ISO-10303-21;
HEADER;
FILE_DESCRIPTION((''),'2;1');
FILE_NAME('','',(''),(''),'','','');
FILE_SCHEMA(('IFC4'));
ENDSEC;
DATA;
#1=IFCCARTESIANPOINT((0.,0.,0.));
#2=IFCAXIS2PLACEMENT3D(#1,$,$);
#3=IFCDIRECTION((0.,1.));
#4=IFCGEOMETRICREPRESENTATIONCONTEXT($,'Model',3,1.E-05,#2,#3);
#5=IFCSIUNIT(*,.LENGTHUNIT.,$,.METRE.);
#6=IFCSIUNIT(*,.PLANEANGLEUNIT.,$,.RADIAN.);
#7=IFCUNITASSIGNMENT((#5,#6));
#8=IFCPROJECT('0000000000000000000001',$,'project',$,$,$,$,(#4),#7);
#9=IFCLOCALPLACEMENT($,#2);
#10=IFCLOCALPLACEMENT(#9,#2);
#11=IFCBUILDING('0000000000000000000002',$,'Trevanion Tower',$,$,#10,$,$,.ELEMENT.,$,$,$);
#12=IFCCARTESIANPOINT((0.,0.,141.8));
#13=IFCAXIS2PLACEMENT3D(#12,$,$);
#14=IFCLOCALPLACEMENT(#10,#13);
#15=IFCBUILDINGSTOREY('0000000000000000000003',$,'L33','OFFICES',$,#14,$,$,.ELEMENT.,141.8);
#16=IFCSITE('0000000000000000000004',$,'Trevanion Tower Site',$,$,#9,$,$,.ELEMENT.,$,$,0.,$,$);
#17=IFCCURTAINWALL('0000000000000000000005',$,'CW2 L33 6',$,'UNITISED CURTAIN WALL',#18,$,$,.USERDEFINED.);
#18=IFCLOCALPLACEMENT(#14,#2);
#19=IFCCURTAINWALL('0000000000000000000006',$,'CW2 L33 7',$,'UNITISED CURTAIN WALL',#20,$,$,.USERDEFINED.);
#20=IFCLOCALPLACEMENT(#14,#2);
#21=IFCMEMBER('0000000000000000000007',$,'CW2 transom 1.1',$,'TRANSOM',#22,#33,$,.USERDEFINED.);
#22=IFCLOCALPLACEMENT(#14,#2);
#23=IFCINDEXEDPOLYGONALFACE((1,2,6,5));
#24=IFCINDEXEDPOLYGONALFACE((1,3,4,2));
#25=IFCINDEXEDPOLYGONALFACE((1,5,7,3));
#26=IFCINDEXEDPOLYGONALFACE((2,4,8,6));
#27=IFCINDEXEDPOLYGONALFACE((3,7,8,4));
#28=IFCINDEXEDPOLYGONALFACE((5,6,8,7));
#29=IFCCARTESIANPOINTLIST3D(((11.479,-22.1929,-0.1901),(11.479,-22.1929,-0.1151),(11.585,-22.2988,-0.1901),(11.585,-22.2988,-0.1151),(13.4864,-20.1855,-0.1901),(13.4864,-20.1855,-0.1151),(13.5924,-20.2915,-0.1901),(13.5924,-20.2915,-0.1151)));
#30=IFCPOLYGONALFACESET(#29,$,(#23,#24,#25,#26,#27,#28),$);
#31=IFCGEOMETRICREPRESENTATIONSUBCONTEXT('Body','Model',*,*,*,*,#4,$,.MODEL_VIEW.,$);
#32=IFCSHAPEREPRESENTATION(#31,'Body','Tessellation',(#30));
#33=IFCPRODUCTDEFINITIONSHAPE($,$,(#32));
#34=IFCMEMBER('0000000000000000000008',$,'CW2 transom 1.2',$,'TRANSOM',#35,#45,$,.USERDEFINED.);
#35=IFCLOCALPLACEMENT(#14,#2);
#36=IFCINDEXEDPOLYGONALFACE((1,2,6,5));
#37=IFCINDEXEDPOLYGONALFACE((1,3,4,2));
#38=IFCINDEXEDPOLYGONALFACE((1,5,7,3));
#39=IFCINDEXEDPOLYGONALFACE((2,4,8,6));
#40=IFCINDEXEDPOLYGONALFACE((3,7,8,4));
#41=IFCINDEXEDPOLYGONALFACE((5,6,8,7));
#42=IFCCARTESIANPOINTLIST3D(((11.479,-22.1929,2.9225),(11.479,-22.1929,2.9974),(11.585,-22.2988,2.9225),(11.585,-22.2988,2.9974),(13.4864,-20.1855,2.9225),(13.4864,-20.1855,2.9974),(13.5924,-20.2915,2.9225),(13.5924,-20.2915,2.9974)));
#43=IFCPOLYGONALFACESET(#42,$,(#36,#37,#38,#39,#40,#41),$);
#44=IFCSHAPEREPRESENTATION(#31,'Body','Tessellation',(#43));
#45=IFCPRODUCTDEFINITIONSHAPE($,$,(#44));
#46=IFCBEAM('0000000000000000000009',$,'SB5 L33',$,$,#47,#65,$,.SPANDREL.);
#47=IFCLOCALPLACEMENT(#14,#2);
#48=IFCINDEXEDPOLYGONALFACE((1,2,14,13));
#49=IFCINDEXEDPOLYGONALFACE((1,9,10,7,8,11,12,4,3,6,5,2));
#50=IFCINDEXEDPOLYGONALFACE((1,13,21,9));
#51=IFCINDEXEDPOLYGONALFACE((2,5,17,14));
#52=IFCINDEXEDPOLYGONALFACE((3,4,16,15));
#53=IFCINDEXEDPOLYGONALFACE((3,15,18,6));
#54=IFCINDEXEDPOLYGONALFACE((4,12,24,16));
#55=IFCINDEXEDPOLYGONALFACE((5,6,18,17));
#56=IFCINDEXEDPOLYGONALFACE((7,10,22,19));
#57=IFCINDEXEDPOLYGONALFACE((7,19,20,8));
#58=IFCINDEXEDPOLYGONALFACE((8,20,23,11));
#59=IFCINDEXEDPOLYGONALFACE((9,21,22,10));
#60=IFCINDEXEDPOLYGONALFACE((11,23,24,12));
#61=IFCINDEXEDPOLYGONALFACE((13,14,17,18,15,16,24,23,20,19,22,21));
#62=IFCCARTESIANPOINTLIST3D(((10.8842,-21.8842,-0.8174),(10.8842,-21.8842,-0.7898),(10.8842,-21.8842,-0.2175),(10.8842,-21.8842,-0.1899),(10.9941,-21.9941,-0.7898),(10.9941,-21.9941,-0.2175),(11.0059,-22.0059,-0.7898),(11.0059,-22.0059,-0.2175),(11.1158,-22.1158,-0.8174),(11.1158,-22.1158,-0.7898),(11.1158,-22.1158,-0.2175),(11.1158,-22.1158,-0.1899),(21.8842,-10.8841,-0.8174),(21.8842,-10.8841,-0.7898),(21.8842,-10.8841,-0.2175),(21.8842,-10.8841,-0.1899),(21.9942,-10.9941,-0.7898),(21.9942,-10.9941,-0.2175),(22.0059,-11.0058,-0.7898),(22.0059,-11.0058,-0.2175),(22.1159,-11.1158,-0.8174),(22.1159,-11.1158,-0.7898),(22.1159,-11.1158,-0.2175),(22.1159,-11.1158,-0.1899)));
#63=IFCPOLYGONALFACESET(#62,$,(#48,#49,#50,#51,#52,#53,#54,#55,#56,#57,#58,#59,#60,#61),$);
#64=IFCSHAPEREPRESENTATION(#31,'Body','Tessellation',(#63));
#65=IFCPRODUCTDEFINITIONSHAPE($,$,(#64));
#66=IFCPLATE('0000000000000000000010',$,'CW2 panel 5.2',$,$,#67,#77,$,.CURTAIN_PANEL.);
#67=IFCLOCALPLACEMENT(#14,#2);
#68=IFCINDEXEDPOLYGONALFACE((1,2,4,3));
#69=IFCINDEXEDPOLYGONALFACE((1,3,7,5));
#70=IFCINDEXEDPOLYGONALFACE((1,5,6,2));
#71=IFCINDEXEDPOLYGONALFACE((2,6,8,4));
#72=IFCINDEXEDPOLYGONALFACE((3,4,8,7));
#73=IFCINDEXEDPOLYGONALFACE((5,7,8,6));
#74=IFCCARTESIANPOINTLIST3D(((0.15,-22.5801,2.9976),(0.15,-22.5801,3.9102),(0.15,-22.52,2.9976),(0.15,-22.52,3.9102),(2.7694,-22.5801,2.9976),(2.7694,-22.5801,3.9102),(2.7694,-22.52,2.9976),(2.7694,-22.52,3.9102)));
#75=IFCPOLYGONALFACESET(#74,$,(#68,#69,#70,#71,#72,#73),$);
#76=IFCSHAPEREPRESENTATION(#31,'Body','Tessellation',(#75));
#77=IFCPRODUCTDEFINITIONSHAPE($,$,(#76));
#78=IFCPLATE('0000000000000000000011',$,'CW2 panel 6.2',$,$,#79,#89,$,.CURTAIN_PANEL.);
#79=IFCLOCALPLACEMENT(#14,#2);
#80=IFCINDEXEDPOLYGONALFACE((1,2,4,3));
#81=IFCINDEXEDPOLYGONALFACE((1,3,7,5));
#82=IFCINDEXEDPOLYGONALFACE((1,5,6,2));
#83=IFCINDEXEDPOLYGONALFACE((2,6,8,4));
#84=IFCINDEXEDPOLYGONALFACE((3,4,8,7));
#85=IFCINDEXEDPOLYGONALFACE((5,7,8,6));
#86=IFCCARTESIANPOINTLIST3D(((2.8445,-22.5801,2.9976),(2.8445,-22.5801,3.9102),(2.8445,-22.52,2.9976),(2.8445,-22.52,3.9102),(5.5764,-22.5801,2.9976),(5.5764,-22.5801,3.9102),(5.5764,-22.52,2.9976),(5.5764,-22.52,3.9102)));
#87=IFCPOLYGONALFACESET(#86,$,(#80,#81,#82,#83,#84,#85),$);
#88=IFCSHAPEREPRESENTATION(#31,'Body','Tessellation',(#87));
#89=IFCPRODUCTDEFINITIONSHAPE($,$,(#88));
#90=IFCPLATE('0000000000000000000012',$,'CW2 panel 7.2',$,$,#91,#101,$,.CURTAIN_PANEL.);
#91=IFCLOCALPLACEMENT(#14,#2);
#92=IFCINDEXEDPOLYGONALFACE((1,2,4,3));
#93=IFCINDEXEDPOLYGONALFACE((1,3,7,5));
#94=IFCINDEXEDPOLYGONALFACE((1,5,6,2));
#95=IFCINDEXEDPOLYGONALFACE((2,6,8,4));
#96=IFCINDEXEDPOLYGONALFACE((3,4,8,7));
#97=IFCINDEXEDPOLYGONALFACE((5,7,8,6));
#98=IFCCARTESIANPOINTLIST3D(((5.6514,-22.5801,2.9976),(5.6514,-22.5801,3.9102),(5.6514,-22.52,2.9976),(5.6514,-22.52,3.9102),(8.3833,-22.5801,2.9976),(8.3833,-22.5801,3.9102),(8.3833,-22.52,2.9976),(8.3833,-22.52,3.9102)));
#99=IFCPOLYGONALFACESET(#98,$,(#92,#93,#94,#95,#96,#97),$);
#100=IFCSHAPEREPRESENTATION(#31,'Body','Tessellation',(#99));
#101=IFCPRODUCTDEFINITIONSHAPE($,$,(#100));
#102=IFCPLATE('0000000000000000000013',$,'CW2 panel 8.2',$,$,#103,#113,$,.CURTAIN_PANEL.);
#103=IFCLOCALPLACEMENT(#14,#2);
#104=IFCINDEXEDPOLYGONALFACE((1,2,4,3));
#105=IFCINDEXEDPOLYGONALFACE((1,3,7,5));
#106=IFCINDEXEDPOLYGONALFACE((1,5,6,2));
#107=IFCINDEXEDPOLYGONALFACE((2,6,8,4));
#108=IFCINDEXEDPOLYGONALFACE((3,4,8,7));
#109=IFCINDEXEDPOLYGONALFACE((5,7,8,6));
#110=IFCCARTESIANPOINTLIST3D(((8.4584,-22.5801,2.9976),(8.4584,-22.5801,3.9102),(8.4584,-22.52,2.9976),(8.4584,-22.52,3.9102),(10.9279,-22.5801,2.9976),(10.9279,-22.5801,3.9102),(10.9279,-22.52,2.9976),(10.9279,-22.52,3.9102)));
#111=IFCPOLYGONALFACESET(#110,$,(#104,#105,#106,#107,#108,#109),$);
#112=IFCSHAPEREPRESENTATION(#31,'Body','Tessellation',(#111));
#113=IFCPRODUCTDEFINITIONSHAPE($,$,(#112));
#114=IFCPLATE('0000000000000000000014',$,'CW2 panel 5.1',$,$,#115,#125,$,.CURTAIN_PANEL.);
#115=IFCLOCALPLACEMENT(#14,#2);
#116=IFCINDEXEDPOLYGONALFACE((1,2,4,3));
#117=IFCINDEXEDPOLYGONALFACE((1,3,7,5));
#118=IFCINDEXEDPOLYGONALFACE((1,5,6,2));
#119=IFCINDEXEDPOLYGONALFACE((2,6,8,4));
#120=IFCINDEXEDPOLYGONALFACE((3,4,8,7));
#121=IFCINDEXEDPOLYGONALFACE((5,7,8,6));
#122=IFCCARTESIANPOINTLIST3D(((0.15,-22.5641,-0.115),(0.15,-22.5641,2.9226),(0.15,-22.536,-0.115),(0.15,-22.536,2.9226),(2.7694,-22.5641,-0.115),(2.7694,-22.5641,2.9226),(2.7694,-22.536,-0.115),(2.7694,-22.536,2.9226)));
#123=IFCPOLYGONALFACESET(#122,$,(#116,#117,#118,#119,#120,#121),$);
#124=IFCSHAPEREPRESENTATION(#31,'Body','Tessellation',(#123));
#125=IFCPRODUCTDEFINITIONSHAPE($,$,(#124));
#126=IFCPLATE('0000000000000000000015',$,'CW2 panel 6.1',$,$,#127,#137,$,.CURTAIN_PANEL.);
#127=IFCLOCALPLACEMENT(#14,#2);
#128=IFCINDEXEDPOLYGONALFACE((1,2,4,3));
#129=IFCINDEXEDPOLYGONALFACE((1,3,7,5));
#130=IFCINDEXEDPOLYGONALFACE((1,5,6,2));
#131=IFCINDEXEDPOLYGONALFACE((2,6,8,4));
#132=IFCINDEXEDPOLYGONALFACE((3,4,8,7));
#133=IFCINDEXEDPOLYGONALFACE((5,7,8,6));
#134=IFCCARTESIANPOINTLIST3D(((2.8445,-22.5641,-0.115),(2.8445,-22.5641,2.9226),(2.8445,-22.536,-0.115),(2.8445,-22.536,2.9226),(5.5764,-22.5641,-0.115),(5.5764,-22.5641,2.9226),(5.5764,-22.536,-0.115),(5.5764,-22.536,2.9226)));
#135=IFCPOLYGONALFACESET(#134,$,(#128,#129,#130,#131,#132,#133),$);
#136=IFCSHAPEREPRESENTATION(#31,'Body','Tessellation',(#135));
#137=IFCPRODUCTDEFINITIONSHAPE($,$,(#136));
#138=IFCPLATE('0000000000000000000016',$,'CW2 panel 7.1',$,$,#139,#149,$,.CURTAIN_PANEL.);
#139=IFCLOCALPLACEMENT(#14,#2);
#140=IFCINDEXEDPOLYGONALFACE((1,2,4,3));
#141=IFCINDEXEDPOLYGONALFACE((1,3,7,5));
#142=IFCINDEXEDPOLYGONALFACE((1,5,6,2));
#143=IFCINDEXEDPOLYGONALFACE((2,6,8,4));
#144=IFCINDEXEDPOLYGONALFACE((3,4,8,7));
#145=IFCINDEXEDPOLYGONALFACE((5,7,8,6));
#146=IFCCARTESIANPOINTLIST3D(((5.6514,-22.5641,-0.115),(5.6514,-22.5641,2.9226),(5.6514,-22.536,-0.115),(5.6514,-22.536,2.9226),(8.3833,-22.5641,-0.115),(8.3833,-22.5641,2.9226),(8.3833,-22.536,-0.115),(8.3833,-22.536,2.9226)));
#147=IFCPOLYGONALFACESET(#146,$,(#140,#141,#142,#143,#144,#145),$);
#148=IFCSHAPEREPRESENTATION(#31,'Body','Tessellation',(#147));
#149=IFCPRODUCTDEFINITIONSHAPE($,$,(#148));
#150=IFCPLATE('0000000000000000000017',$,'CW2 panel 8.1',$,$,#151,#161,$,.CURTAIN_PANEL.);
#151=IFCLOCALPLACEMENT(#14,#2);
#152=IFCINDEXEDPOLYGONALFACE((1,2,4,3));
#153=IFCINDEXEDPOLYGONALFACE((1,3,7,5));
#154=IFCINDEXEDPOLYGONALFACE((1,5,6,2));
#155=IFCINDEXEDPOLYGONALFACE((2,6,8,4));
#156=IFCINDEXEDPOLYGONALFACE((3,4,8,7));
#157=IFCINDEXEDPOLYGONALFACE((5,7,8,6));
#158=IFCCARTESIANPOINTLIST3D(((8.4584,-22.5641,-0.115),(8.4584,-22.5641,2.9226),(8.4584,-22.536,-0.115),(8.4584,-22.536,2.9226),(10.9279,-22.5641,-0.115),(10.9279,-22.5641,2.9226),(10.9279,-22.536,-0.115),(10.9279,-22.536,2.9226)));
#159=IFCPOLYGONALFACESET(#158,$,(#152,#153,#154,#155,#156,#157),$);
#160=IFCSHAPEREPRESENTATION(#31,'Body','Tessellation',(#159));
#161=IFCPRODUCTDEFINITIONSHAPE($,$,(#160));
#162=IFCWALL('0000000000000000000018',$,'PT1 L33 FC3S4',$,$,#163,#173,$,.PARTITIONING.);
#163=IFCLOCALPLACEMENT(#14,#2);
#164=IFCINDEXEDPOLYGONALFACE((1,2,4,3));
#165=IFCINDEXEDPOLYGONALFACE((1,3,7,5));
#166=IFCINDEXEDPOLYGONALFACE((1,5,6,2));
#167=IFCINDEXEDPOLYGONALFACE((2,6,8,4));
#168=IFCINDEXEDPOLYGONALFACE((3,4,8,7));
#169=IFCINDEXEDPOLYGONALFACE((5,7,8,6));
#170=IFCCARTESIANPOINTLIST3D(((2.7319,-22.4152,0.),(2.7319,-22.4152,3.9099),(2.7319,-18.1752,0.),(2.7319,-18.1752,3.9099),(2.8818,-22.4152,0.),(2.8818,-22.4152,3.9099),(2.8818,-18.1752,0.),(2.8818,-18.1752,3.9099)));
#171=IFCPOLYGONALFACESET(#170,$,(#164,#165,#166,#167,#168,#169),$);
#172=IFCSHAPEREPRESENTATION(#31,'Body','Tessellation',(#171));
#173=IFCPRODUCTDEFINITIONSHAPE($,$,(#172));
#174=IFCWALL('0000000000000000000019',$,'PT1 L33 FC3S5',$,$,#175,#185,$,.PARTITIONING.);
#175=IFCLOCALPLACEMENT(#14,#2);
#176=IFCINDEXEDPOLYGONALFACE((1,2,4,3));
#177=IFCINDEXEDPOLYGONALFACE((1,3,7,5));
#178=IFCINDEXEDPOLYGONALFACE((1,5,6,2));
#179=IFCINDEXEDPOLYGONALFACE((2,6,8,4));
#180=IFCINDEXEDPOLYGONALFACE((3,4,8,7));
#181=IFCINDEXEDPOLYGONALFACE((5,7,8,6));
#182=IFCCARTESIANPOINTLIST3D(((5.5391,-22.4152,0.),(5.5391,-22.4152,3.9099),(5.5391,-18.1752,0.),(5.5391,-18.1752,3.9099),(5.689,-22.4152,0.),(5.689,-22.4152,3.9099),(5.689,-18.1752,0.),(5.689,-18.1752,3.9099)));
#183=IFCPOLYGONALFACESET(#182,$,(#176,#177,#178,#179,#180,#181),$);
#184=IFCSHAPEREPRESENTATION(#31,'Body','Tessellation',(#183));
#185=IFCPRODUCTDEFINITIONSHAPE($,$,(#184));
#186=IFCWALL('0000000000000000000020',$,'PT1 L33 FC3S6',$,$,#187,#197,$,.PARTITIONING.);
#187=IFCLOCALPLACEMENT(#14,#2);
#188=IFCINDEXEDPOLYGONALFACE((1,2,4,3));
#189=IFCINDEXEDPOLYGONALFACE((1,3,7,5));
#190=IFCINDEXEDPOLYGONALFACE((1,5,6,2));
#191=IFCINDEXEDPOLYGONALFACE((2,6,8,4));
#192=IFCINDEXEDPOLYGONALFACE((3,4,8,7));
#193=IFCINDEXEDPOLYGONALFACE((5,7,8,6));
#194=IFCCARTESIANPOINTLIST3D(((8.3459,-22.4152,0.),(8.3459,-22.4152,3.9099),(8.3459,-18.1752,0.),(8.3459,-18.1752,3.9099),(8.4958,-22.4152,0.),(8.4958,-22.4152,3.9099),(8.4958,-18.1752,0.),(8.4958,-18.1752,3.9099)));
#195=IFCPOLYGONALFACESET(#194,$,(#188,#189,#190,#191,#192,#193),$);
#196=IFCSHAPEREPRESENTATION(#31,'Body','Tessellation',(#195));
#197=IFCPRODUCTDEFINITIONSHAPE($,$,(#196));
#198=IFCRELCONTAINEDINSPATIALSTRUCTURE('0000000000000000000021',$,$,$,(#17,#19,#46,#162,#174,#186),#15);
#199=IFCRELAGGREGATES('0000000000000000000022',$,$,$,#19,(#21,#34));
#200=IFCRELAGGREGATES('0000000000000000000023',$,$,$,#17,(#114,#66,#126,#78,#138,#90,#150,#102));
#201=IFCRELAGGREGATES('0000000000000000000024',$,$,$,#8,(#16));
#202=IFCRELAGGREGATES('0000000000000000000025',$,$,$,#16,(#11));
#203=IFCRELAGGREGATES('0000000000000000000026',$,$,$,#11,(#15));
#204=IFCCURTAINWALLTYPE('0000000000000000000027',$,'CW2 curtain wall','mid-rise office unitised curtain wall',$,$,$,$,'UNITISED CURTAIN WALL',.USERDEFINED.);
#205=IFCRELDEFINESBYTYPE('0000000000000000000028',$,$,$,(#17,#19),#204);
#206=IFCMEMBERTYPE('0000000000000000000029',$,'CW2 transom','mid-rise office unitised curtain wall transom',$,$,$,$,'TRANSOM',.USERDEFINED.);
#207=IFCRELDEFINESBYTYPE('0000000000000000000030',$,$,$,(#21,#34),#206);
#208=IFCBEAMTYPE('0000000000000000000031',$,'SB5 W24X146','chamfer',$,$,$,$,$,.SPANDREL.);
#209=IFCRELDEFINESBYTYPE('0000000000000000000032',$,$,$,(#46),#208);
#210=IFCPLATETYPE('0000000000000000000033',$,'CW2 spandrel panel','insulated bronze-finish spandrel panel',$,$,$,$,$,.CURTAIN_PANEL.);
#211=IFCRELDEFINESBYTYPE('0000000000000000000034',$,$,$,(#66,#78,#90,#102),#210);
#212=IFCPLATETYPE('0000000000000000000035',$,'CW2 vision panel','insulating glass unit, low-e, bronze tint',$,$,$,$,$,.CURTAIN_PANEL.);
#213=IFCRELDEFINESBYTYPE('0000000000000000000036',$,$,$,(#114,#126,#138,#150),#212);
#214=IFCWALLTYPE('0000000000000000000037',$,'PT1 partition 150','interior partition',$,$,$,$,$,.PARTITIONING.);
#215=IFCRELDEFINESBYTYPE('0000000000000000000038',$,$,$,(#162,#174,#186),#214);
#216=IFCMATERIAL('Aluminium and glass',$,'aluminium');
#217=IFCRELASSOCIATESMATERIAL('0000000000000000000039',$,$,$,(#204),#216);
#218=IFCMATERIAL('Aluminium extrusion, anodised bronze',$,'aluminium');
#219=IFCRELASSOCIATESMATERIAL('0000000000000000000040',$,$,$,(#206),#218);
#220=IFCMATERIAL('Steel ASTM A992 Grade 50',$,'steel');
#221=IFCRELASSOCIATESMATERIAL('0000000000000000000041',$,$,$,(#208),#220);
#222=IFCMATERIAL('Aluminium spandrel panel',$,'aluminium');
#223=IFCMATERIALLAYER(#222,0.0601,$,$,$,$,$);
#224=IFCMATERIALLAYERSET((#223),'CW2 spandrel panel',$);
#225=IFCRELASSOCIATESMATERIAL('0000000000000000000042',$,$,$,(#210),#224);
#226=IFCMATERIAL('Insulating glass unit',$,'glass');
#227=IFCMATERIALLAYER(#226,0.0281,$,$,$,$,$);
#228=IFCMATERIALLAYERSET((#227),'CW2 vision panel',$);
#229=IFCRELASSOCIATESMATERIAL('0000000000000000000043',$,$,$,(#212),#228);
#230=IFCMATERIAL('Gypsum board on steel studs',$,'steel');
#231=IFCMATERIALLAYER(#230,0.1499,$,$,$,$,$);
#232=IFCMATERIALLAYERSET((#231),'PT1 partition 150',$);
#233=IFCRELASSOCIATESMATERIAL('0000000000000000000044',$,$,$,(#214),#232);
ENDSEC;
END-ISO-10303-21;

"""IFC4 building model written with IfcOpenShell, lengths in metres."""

from ifc_helpers import new_model, si_unit, direction, frame, frame_2d, origin, origin_2d, place, context, subcontext, project, spatial, rectangle, i_section, extrude, material, layer, layer_set, material_profile, profile_set, type_object, element, aggregate, save


model = new_model("IFC4")

# Units and contexts
model_context = context("Model", 3, precision=1e-05, world=origin(), true_north=direction((0.0, 1.0)))
body_context = subcontext(model_context, "Body", "Model", "MODEL_VIEW")
ifc_project = project(units=[si_unit("LENGTHUNIT", "METRE"), si_unit("PLANEANGLEUNIT", "RADIAN")], contexts=[model_context])

# Site, building, storey
site_placement = place(None, origin())
site = spatial("IfcSite", under=ifc_project, at=site_placement, Name="Trevanion Tower Site", CompositionType="ELEMENT", RefElevation=0.0)
building_placement = place(site_placement, origin())
building = spatial("IfcBuilding", under=site, at=building_placement, Name="Trevanion Tower", CompositionType="ELEMENT")
storey_placement = place(building_placement, frame((0.0, 0.0, 141.8)))
storey = spatial("IfcBuildingStorey", under=building, at=storey_placement, Name="L33", Description="OFFICES", CompositionType="ELEMENT", Elevation=141.8)

# Curtain wall
ifc_material_1 = material(Name="Aluminium and glass", Category="aluminium")
curtain_wall_type = type_object("IfcCurtainWallType", Name="CW2 curtain wall", Description="mid-rise office unitised curtain wall", ElementType="UNITISED CURTAIN WALL", PredefinedType="USERDEFINED", material=ifc_material_1)
curtain_wall_1_placement = place(storey_placement, origin())
curtain_wall_1 = element("IfcCurtainWall", 1, at=curtain_wall_1_placement, inside=storey, type_object=curtain_wall_type, Name="CW2 L33 6", ObjectType="UNITISED CURTAIN WALL", PredefinedType="USERDEFINED")

# Curtain wall
curtain_wall_2_placement = place(storey_placement, origin())
curtain_wall_2 = element("IfcCurtainWall", 2, at=curtain_wall_2_placement, inside=storey, type_object=curtain_wall_type, Name="CW2 L33 7", ObjectType="UNITISED CURTAIN WALL", PredefinedType="USERDEFINED")

# Members
ifc_material_2 = material(Name="Aluminium extrusion, anodised bronze", Category="aluminium")
ifc_material_profile_1 = material_profile(ifc_material_2, rectangle(XDim=0.1499, YDim=0.075, at=origin_2d()), Name="CW2 transom")
ifc_profile_set_1 = profile_set([ifc_material_profile_1], Name="Aluminium extrusion, anodised bronze")
member_type_1 = type_object("IfcMemberType", Name="CW2 transom", Description="mid-rise office unitised curtain wall transom", ElementType="TRANSOM", PredefinedType="USERDEFINED", material=ifc_profile_set_1)
member_1_placement = place(storey_placement, frame((11.532, -22.2458, -0.1526), z_axis=(0.707107, 0.707107, 0.0), x_axis=(-0.707107, 0.707107, 0.0)))
member_1 = element("IfcMember", 3, at=member_1_placement, type_object=member_type_1, Name="CW2 transom 1.1", ObjectType="TRANSOM", PredefinedType="USERDEFINED", context=body_context, shape_type="SweptSolid", body=[
    extrude(rectangle(XDim=0.1499, YDim=0.075, at=origin_2d()), origin(), (0.0, 0.0, 1.0), 2.8389),
])
member_2_placement = place(storey_placement, frame((11.532, -22.2458, 2.96), z_axis=(0.707107, 0.707107, 0.0), x_axis=(-0.707107, 0.707107, 0.0)))
member_2 = element("IfcMember", 4, at=member_2_placement, type_object=member_type_1, Name="CW2 transom 1.2", ObjectType="TRANSOM", PredefinedType="USERDEFINED", context=body_context, shape_type="SweptSolid", body=[
    extrude(rectangle(XDim=0.1499, YDim=0.075, at=origin_2d()), origin(), (0.0, 0.0, 1.0), 2.8389),
])
aggregate(curtain_wall_2, [member_1, member_2])

# Beam
ifc_material_3 = material(Name="Steel ASTM A992 Grade 50", Category="steel")
ifc_material_profile_2 = material_profile(ifc_material_3, i_section(OverallWidth=0.3276, OverallDepth=0.6274, WebThickness=0.0166, FlangeThickness=0.0276, at=origin_2d()), Name="W24X146")
ifc_profile_set_2 = profile_set([ifc_material_profile_2], Name="Steel ASTM A992 Grade 50")
beam_type = type_object("IfcBeamType", Name="SB5 W24X146", Description="chamfer", PredefinedType="SPANDREL", material=ifc_profile_set_2)
beam_placement = place(storey_placement, frame((11.0, -22.0, -0.5037), z_axis=(0.707107, 0.707107, 0.0), x_axis=(-0.707107, 0.707107, 0.0)))
element("IfcBeam", 5, at=beam_placement, inside=storey, type_object=beam_type, Name="SB5 L33", PredefinedType="SPANDREL", context=body_context, shape_type="SweptSolid", body=[
    extrude(i_section(OverallWidth=0.3276, OverallDepth=0.6274, WebThickness=0.0166, FlangeThickness=0.0276, at=origin_2d()), origin(), (0.0, 0.0, 1.0), 15.5564),
])

# Plates
ifc_material_4 = material(Name="Aluminium spandrel panel", Category="aluminium")
ifc_layer_1 = layer(ifc_material_4, 0.0601)
ifc_layer_set_1 = layer_set([ifc_layer_1], Name="CW2 spandrel panel")
plate_type_1 = type_object("IfcPlateType", Name="CW2 spandrel panel", Description="insulated bronze-finish spandrel panel", PredefinedType="CURTAIN_PANEL", material=ifc_layer_set_1)
plate_1_placement = place(storey_placement, frame((1.4597, -22.55, 2.9976), z_axis=(0.0, 0.0, 1.0), x_axis=(1.0, 0.0, 0.0)))
plate_1 = element("IfcPlate", 6, at=plate_1_placement, type_object=plate_type_1, Name="CW2 panel 5.2", PredefinedType="CURTAIN_PANEL", context=body_context, shape_type="SweptSolid", body=[
    extrude(rectangle(XDim=2.6194, YDim=0.0601, at=origin_2d()), origin(), (0.0, 0.0, 1.0), 0.9126),
])
plate_2_placement = place(storey_placement, frame((4.2104, -22.55, 2.9976), z_axis=(0.0, 0.0, 1.0), x_axis=(1.0, 0.0, 0.0)))
plate_2 = element("IfcPlate", 7, at=plate_2_placement, type_object=plate_type_1, Name="CW2 panel 6.2", PredefinedType="CURTAIN_PANEL", context=body_context, shape_type="SweptSolid", body=[
    extrude(rectangle(XDim=2.7319, YDim=0.0601, at=origin_2d()), origin(), (0.0, 0.0, 1.0), 0.9126),
])
plate_3_placement = place(storey_placement, frame((7.0173, -22.55, 2.9976), z_axis=(0.0, 0.0, 1.0), x_axis=(1.0, 0.0, 0.0)))
plate_3 = element("IfcPlate", 8, at=plate_3_placement, type_object=plate_type_1, Name="CW2 panel 7.2", PredefinedType="CURTAIN_PANEL", context=body_context, shape_type="SweptSolid", body=[
    extrude(rectangle(XDim=2.7319, YDim=0.0601, at=origin_2d()), origin(), (0.0, 0.0, 1.0), 0.9126),
])
plate_4_placement = place(storey_placement, frame((9.6931, -22.55, 2.9976), z_axis=(0.0, 0.0, 1.0), x_axis=(1.0, 0.0, 0.0)))
plate_4 = element("IfcPlate", 9, at=plate_4_placement, type_object=plate_type_1, Name="CW2 panel 8.2", PredefinedType="CURTAIN_PANEL", context=body_context, shape_type="SweptSolid", body=[
    extrude(rectangle(XDim=2.4695, YDim=0.0601, at=origin_2d()), origin(), (0.0, 0.0, 1.0), 0.9126),
])
ifc_material_5 = material(Name="Insulating glass unit", Category="glass")
ifc_layer_2 = layer(ifc_material_5, 0.0281)
ifc_layer_set_2 = layer_set([ifc_layer_2], Name="CW2 vision panel")
plate_type_2 = type_object("IfcPlateType", Name="CW2 vision panel", Description="insulating glass unit, low-e, bronze tint", PredefinedType="CURTAIN_PANEL", material=ifc_layer_set_2)
plate_5_placement = place(storey_placement, frame((1.4597, -22.55, -0.115), z_axis=(0.0, 0.0, 1.0), x_axis=(1.0, 0.0, 0.0)))
plate_5 = element("IfcPlate", 10, at=plate_5_placement, type_object=plate_type_2, Name="CW2 panel 5.1", PredefinedType="CURTAIN_PANEL", context=body_context, shape_type="SweptSolid", body=[
    extrude(rectangle(XDim=2.6194, YDim=0.0281, at=origin_2d()), origin(), (0.0, 0.0, 1.0), 3.0376),
])
plate_6_placement = place(storey_placement, frame((4.2104, -22.55, -0.115), z_axis=(0.0, 0.0, 1.0), x_axis=(1.0, 0.0, 0.0)))
plate_6 = element("IfcPlate", 11, at=plate_6_placement, type_object=plate_type_2, Name="CW2 panel 6.1", PredefinedType="CURTAIN_PANEL", context=body_context, shape_type="SweptSolid", body=[
    extrude(rectangle(XDim=2.7319, YDim=0.0281, at=origin_2d()), origin(), (0.0, 0.0, 1.0), 3.0376),
])
plate_7_placement = place(storey_placement, frame((7.0173, -22.55, -0.115), z_axis=(0.0, 0.0, 1.0), x_axis=(1.0, 0.0, 0.0)))
plate_7 = element("IfcPlate", 12, at=plate_7_placement, type_object=plate_type_2, Name="CW2 panel 7.1", PredefinedType="CURTAIN_PANEL", context=body_context, shape_type="SweptSolid", body=[
    extrude(rectangle(XDim=2.7319, YDim=0.0281, at=origin_2d()), origin(), (0.0, 0.0, 1.0), 3.0376),
])
plate_8_placement = place(storey_placement, frame((9.6931, -22.55, -0.115), z_axis=(0.0, 0.0, 1.0), x_axis=(1.0, 0.0, 0.0)))
plate_8 = element("IfcPlate", 13, at=plate_8_placement, type_object=plate_type_2, Name="CW2 panel 8.1", PredefinedType="CURTAIN_PANEL", context=body_context, shape_type="SweptSolid", body=[
    extrude(rectangle(XDim=2.4695, YDim=0.0281, at=origin_2d()), origin(), (0.0, 0.0, 1.0), 3.0376),
])
aggregate(curtain_wall_1, [plate_5, plate_1, plate_6, plate_2, plate_7, plate_3, plate_8, plate_4])

# Walls
ifc_material_6 = material(Name="Gypsum board on steel studs", Category="steel")
ifc_layer_3 = layer(ifc_material_6, 0.1499)
ifc_layer_set_3 = layer_set([ifc_layer_3], Name="PT1 partition 150")
wall_type_1 = type_object("IfcWallType", Name="PT1 partition 150", Description="interior partition", PredefinedType="PARTITIONING", material=ifc_layer_set_3)
for number, where, z_axis, x_axis, name in (
    (14, (2.8069, -18.175, 0.0), (0.0, 0.0, 1.0), (0.0, -1.0, 0.0), "PT1 L33 FC3S4"),
    (15, (5.614, -18.175, 0.0), (0.0, 0.0, 1.0), (0.0, -1.0, 0.0), "PT1 L33 FC3S5"),
    (16, (8.4209, -18.175, 0.0), (0.0, 0.0, 1.0), (0.0, -1.0, 0.0), "PT1 L33 FC3S6"),
):
    element("IfcWall", number, at=place(storey_placement, frame(where, z_axis=z_axis, x_axis=x_axis)), inside=storey, type_object=wall_type_1, Name=name, PredefinedType="PARTITIONING", context=body_context, shape_type="SweptSolid", body=[
        extrude(rectangle(XDim=4.24, YDim=0.1499, at=frame_2d((2.1201, 0.0))), origin(), (0.0, 0.0, 1.0), 3.9099),
    ])

save(model, "model.ifc")
